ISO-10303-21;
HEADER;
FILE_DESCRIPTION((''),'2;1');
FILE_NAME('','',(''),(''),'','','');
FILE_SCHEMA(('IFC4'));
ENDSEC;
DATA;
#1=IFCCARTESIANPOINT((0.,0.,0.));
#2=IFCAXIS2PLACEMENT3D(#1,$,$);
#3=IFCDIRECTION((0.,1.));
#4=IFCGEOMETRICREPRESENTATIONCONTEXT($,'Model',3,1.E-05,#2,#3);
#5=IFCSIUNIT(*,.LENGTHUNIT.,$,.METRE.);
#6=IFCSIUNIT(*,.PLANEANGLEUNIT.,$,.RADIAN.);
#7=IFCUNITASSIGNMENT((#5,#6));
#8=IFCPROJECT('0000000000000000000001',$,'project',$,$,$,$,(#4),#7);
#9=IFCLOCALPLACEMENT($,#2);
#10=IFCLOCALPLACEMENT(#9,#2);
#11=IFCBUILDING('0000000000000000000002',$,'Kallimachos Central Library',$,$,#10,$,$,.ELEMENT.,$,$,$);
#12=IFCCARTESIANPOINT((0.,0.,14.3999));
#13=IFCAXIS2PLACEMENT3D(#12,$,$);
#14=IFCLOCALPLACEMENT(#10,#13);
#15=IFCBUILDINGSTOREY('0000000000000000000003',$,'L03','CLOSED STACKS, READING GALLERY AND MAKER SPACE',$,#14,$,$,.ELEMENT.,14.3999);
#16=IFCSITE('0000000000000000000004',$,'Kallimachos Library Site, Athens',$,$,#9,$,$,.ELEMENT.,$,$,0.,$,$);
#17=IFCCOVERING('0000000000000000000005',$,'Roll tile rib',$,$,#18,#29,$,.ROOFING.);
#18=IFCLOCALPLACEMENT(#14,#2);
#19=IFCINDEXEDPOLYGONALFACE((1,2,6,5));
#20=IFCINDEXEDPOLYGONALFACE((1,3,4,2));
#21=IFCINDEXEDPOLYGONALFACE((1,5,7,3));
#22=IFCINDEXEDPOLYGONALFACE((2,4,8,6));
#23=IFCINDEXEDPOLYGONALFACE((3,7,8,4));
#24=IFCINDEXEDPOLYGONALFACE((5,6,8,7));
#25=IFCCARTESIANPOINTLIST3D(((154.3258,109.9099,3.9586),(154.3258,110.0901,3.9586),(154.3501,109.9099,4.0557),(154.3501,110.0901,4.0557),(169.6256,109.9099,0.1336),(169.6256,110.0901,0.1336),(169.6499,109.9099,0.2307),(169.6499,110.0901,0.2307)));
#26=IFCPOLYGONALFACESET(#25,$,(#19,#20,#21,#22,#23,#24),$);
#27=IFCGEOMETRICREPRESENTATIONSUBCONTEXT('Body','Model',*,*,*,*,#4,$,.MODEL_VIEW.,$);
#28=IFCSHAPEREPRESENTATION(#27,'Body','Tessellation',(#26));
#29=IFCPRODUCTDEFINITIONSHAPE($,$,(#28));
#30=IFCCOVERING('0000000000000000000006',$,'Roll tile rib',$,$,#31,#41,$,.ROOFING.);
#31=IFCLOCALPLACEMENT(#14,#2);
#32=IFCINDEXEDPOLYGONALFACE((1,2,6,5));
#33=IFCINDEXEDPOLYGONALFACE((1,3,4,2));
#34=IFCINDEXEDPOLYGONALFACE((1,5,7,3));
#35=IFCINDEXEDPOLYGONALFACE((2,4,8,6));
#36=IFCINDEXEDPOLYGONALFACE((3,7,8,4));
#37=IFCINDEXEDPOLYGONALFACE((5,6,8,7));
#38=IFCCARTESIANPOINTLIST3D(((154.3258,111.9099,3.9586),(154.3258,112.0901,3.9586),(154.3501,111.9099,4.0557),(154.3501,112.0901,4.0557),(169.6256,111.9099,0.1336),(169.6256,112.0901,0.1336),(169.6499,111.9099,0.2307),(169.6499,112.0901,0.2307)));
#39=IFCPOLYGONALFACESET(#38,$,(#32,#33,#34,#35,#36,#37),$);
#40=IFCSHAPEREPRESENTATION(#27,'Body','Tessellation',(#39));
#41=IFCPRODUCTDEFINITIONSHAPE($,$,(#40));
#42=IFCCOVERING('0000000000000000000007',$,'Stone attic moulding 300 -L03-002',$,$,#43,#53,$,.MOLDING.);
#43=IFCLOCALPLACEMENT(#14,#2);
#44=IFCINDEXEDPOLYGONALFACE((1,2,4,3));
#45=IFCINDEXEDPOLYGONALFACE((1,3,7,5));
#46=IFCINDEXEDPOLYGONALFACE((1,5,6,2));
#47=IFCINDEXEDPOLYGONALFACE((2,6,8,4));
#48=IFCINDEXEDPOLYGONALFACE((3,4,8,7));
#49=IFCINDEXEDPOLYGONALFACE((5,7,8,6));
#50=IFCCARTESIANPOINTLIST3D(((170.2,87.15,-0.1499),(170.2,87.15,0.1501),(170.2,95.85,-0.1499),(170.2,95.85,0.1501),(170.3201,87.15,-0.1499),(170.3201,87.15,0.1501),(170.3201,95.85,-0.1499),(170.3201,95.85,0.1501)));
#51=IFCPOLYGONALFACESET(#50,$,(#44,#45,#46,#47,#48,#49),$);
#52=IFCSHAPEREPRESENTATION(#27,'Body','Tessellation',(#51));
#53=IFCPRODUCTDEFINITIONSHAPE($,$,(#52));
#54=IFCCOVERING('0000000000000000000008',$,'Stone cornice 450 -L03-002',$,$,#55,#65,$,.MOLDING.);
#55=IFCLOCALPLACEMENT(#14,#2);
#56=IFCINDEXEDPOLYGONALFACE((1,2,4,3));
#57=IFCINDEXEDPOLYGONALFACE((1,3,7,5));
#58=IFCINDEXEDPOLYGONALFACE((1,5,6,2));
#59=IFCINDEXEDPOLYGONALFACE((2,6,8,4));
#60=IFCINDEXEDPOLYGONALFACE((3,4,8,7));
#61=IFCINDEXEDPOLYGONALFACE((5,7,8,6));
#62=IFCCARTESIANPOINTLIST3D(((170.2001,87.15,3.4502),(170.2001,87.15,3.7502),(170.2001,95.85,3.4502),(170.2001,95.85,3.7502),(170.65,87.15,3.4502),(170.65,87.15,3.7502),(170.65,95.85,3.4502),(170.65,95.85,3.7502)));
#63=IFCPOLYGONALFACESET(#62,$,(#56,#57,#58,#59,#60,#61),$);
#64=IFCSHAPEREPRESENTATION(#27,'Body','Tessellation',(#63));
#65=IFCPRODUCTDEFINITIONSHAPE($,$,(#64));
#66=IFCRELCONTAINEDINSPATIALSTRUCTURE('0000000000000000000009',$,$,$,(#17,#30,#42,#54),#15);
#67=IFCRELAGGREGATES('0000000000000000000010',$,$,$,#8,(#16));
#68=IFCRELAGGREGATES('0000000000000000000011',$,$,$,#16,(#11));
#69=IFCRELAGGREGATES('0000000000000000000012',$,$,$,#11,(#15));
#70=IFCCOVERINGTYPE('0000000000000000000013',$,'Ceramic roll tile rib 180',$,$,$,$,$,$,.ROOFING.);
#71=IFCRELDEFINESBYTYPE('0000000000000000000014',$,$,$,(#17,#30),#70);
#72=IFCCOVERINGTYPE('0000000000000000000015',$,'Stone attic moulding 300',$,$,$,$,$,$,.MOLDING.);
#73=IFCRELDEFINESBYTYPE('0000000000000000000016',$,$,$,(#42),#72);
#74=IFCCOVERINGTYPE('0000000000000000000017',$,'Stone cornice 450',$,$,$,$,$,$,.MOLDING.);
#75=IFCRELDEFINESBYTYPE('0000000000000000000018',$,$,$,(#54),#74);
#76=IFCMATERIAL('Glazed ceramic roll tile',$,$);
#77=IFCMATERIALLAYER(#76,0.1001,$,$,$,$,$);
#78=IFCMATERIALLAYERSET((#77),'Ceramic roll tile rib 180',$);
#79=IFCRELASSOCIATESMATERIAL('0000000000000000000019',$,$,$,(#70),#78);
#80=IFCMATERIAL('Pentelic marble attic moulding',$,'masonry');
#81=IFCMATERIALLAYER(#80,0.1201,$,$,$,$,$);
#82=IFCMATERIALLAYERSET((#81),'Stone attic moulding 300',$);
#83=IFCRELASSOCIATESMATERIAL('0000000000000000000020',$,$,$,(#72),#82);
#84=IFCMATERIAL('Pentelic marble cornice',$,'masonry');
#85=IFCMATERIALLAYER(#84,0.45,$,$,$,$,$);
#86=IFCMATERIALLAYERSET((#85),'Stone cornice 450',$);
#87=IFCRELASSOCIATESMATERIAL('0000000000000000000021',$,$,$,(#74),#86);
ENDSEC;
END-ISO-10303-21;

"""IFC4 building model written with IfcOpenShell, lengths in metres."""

from ifc_helpers import new_model, si_unit, direction, frame, origin, origin_2d, place, context, subcontext, project, spatial, polyline, rectangle, outline, extrude, material, layer, layer_set, type_object, element, save


model = new_model("IFC4")

# Units and contexts
model_context = context("Model", 3, precision=1e-05, world=origin(), true_north=direction((0.0, 1.0)))
body_context = subcontext(model_context, "Body", "Model", "MODEL_VIEW")
ifc_project = project(units=[si_unit("LENGTHUNIT", "METRE"), si_unit("PLANEANGLEUNIT", "RADIAN")], contexts=[model_context])

# Site, building, storey
site_placement = place(None, origin())
site = spatial("IfcSite", under=ifc_project, at=site_placement, Name="Kallimachos Library Site, Athens", CompositionType="ELEMENT", RefElevation=0.0)
building_placement = place(site_placement, origin())
building = spatial("IfcBuilding", under=site, at=building_placement, Name="Kallimachos Central Library", CompositionType="ELEMENT")
storey_placement = place(building_placement, frame((0.0, 0.0, 14.3999)))
storey = spatial("IfcBuildingStorey", under=building, at=storey_placement, Name="L03", Description="CLOSED STACKS, READING GALLERY AND MAKER SPACE", CompositionType="ELEMENT", Elevation=14.3999)

# Coverings
ifc_material_1 = material(Name="Glazed ceramic roll tile")
ifc_layer_1 = layer(ifc_material_1, 0.1001)
ifc_layer_set_1 = layer_set([ifc_layer_1], Name="Ceramic roll tile rib 180")
covering_type_1 = type_object("IfcCoveringType", Name="Ceramic roll tile rib 180", PredefinedType="ROOFING", material=ifc_layer_set_1)
for number, where, z_axis, x_axis, name in (
    (1, (154.3501, 109.9099, 4.0557), (0.242536, 0.0, 0.970143), (0.970143, 0.0, -0.242536), "Roll tile rib"),
    (2, (154.3501, 111.9099, 4.0557), (0.242536, 0.0, 0.970143), (0.970143, 0.0, -0.242536), "Roll tile rib"),
):
    element("IfcCovering", number, at=place(storey_placement, frame(where, z_axis=z_axis, x_axis=x_axis)), inside=storey, type_object=covering_type_1, Name=name, PredefinedType="ROOFING", context=body_context, shape_type="SweptSolid", body=[
        extrude(outline(polyline([(0.0, 0.0), (15.7707, 0.0), (15.7707, 0.1802), (0.0, 0.1802), (0.0, 0.0)])), origin(), (0.0, 0.0, -1.0), 0.1001),
    ])
ifc_material_2 = material(Name="Pentelic marble attic moulding", Category="masonry")
ifc_layer_2 = layer(ifc_material_2, 0.1201)
ifc_layer_set_2 = layer_set([ifc_layer_2], Name="Stone attic moulding 300")
covering_type_2 = type_object("IfcCoveringType", Name="Stone attic moulding 300", PredefinedType="MOLDING", material=ifc_layer_set_2)
covering_1_placement = place(storey_placement, frame((170.26, 91.5, -0.1499), z_axis=(0.0, 0.0, 1.0), x_axis=(1.0, 0.0, 0.0)))
element("IfcCovering", 3, at=covering_1_placement, inside=storey, type_object=covering_type_2, Name="Stone attic moulding 300 -L03-002", PredefinedType="MOLDING", context=body_context, shape_type="SweptSolid", body=[
    extrude(rectangle(XDim=0.1201, YDim=8.7, at=origin_2d()), origin(), (0.0, 0.0, 1.0), 0.3),
])
ifc_material_3 = material(Name="Pentelic marble cornice", Category="masonry")
ifc_layer_3 = layer(ifc_material_3, 0.45)
ifc_layer_set_3 = layer_set([ifc_layer_3], Name="Stone cornice 450")
covering_type_3 = type_object("IfcCoveringType", Name="Stone cornice 450", PredefinedType="MOLDING", material=ifc_layer_set_3)
covering_2_placement = place(storey_placement, frame((170.425, 91.5, 3.4502), z_axis=(0.0, 0.0, 1.0), x_axis=(1.0, 0.0, 0.0)))
element("IfcCovering", 4, at=covering_2_placement, inside=storey, type_object=covering_type_3, Name="Stone cornice 450 -L03-002", PredefinedType="MOLDING", context=body_context, shape_type="SweptSolid", body=[
    extrude(rectangle(XDim=0.45, YDim=8.7, at=origin_2d()), origin(), (0.0, 0.0, 1.0), 0.3),
])

save(model, "model.ifc")
